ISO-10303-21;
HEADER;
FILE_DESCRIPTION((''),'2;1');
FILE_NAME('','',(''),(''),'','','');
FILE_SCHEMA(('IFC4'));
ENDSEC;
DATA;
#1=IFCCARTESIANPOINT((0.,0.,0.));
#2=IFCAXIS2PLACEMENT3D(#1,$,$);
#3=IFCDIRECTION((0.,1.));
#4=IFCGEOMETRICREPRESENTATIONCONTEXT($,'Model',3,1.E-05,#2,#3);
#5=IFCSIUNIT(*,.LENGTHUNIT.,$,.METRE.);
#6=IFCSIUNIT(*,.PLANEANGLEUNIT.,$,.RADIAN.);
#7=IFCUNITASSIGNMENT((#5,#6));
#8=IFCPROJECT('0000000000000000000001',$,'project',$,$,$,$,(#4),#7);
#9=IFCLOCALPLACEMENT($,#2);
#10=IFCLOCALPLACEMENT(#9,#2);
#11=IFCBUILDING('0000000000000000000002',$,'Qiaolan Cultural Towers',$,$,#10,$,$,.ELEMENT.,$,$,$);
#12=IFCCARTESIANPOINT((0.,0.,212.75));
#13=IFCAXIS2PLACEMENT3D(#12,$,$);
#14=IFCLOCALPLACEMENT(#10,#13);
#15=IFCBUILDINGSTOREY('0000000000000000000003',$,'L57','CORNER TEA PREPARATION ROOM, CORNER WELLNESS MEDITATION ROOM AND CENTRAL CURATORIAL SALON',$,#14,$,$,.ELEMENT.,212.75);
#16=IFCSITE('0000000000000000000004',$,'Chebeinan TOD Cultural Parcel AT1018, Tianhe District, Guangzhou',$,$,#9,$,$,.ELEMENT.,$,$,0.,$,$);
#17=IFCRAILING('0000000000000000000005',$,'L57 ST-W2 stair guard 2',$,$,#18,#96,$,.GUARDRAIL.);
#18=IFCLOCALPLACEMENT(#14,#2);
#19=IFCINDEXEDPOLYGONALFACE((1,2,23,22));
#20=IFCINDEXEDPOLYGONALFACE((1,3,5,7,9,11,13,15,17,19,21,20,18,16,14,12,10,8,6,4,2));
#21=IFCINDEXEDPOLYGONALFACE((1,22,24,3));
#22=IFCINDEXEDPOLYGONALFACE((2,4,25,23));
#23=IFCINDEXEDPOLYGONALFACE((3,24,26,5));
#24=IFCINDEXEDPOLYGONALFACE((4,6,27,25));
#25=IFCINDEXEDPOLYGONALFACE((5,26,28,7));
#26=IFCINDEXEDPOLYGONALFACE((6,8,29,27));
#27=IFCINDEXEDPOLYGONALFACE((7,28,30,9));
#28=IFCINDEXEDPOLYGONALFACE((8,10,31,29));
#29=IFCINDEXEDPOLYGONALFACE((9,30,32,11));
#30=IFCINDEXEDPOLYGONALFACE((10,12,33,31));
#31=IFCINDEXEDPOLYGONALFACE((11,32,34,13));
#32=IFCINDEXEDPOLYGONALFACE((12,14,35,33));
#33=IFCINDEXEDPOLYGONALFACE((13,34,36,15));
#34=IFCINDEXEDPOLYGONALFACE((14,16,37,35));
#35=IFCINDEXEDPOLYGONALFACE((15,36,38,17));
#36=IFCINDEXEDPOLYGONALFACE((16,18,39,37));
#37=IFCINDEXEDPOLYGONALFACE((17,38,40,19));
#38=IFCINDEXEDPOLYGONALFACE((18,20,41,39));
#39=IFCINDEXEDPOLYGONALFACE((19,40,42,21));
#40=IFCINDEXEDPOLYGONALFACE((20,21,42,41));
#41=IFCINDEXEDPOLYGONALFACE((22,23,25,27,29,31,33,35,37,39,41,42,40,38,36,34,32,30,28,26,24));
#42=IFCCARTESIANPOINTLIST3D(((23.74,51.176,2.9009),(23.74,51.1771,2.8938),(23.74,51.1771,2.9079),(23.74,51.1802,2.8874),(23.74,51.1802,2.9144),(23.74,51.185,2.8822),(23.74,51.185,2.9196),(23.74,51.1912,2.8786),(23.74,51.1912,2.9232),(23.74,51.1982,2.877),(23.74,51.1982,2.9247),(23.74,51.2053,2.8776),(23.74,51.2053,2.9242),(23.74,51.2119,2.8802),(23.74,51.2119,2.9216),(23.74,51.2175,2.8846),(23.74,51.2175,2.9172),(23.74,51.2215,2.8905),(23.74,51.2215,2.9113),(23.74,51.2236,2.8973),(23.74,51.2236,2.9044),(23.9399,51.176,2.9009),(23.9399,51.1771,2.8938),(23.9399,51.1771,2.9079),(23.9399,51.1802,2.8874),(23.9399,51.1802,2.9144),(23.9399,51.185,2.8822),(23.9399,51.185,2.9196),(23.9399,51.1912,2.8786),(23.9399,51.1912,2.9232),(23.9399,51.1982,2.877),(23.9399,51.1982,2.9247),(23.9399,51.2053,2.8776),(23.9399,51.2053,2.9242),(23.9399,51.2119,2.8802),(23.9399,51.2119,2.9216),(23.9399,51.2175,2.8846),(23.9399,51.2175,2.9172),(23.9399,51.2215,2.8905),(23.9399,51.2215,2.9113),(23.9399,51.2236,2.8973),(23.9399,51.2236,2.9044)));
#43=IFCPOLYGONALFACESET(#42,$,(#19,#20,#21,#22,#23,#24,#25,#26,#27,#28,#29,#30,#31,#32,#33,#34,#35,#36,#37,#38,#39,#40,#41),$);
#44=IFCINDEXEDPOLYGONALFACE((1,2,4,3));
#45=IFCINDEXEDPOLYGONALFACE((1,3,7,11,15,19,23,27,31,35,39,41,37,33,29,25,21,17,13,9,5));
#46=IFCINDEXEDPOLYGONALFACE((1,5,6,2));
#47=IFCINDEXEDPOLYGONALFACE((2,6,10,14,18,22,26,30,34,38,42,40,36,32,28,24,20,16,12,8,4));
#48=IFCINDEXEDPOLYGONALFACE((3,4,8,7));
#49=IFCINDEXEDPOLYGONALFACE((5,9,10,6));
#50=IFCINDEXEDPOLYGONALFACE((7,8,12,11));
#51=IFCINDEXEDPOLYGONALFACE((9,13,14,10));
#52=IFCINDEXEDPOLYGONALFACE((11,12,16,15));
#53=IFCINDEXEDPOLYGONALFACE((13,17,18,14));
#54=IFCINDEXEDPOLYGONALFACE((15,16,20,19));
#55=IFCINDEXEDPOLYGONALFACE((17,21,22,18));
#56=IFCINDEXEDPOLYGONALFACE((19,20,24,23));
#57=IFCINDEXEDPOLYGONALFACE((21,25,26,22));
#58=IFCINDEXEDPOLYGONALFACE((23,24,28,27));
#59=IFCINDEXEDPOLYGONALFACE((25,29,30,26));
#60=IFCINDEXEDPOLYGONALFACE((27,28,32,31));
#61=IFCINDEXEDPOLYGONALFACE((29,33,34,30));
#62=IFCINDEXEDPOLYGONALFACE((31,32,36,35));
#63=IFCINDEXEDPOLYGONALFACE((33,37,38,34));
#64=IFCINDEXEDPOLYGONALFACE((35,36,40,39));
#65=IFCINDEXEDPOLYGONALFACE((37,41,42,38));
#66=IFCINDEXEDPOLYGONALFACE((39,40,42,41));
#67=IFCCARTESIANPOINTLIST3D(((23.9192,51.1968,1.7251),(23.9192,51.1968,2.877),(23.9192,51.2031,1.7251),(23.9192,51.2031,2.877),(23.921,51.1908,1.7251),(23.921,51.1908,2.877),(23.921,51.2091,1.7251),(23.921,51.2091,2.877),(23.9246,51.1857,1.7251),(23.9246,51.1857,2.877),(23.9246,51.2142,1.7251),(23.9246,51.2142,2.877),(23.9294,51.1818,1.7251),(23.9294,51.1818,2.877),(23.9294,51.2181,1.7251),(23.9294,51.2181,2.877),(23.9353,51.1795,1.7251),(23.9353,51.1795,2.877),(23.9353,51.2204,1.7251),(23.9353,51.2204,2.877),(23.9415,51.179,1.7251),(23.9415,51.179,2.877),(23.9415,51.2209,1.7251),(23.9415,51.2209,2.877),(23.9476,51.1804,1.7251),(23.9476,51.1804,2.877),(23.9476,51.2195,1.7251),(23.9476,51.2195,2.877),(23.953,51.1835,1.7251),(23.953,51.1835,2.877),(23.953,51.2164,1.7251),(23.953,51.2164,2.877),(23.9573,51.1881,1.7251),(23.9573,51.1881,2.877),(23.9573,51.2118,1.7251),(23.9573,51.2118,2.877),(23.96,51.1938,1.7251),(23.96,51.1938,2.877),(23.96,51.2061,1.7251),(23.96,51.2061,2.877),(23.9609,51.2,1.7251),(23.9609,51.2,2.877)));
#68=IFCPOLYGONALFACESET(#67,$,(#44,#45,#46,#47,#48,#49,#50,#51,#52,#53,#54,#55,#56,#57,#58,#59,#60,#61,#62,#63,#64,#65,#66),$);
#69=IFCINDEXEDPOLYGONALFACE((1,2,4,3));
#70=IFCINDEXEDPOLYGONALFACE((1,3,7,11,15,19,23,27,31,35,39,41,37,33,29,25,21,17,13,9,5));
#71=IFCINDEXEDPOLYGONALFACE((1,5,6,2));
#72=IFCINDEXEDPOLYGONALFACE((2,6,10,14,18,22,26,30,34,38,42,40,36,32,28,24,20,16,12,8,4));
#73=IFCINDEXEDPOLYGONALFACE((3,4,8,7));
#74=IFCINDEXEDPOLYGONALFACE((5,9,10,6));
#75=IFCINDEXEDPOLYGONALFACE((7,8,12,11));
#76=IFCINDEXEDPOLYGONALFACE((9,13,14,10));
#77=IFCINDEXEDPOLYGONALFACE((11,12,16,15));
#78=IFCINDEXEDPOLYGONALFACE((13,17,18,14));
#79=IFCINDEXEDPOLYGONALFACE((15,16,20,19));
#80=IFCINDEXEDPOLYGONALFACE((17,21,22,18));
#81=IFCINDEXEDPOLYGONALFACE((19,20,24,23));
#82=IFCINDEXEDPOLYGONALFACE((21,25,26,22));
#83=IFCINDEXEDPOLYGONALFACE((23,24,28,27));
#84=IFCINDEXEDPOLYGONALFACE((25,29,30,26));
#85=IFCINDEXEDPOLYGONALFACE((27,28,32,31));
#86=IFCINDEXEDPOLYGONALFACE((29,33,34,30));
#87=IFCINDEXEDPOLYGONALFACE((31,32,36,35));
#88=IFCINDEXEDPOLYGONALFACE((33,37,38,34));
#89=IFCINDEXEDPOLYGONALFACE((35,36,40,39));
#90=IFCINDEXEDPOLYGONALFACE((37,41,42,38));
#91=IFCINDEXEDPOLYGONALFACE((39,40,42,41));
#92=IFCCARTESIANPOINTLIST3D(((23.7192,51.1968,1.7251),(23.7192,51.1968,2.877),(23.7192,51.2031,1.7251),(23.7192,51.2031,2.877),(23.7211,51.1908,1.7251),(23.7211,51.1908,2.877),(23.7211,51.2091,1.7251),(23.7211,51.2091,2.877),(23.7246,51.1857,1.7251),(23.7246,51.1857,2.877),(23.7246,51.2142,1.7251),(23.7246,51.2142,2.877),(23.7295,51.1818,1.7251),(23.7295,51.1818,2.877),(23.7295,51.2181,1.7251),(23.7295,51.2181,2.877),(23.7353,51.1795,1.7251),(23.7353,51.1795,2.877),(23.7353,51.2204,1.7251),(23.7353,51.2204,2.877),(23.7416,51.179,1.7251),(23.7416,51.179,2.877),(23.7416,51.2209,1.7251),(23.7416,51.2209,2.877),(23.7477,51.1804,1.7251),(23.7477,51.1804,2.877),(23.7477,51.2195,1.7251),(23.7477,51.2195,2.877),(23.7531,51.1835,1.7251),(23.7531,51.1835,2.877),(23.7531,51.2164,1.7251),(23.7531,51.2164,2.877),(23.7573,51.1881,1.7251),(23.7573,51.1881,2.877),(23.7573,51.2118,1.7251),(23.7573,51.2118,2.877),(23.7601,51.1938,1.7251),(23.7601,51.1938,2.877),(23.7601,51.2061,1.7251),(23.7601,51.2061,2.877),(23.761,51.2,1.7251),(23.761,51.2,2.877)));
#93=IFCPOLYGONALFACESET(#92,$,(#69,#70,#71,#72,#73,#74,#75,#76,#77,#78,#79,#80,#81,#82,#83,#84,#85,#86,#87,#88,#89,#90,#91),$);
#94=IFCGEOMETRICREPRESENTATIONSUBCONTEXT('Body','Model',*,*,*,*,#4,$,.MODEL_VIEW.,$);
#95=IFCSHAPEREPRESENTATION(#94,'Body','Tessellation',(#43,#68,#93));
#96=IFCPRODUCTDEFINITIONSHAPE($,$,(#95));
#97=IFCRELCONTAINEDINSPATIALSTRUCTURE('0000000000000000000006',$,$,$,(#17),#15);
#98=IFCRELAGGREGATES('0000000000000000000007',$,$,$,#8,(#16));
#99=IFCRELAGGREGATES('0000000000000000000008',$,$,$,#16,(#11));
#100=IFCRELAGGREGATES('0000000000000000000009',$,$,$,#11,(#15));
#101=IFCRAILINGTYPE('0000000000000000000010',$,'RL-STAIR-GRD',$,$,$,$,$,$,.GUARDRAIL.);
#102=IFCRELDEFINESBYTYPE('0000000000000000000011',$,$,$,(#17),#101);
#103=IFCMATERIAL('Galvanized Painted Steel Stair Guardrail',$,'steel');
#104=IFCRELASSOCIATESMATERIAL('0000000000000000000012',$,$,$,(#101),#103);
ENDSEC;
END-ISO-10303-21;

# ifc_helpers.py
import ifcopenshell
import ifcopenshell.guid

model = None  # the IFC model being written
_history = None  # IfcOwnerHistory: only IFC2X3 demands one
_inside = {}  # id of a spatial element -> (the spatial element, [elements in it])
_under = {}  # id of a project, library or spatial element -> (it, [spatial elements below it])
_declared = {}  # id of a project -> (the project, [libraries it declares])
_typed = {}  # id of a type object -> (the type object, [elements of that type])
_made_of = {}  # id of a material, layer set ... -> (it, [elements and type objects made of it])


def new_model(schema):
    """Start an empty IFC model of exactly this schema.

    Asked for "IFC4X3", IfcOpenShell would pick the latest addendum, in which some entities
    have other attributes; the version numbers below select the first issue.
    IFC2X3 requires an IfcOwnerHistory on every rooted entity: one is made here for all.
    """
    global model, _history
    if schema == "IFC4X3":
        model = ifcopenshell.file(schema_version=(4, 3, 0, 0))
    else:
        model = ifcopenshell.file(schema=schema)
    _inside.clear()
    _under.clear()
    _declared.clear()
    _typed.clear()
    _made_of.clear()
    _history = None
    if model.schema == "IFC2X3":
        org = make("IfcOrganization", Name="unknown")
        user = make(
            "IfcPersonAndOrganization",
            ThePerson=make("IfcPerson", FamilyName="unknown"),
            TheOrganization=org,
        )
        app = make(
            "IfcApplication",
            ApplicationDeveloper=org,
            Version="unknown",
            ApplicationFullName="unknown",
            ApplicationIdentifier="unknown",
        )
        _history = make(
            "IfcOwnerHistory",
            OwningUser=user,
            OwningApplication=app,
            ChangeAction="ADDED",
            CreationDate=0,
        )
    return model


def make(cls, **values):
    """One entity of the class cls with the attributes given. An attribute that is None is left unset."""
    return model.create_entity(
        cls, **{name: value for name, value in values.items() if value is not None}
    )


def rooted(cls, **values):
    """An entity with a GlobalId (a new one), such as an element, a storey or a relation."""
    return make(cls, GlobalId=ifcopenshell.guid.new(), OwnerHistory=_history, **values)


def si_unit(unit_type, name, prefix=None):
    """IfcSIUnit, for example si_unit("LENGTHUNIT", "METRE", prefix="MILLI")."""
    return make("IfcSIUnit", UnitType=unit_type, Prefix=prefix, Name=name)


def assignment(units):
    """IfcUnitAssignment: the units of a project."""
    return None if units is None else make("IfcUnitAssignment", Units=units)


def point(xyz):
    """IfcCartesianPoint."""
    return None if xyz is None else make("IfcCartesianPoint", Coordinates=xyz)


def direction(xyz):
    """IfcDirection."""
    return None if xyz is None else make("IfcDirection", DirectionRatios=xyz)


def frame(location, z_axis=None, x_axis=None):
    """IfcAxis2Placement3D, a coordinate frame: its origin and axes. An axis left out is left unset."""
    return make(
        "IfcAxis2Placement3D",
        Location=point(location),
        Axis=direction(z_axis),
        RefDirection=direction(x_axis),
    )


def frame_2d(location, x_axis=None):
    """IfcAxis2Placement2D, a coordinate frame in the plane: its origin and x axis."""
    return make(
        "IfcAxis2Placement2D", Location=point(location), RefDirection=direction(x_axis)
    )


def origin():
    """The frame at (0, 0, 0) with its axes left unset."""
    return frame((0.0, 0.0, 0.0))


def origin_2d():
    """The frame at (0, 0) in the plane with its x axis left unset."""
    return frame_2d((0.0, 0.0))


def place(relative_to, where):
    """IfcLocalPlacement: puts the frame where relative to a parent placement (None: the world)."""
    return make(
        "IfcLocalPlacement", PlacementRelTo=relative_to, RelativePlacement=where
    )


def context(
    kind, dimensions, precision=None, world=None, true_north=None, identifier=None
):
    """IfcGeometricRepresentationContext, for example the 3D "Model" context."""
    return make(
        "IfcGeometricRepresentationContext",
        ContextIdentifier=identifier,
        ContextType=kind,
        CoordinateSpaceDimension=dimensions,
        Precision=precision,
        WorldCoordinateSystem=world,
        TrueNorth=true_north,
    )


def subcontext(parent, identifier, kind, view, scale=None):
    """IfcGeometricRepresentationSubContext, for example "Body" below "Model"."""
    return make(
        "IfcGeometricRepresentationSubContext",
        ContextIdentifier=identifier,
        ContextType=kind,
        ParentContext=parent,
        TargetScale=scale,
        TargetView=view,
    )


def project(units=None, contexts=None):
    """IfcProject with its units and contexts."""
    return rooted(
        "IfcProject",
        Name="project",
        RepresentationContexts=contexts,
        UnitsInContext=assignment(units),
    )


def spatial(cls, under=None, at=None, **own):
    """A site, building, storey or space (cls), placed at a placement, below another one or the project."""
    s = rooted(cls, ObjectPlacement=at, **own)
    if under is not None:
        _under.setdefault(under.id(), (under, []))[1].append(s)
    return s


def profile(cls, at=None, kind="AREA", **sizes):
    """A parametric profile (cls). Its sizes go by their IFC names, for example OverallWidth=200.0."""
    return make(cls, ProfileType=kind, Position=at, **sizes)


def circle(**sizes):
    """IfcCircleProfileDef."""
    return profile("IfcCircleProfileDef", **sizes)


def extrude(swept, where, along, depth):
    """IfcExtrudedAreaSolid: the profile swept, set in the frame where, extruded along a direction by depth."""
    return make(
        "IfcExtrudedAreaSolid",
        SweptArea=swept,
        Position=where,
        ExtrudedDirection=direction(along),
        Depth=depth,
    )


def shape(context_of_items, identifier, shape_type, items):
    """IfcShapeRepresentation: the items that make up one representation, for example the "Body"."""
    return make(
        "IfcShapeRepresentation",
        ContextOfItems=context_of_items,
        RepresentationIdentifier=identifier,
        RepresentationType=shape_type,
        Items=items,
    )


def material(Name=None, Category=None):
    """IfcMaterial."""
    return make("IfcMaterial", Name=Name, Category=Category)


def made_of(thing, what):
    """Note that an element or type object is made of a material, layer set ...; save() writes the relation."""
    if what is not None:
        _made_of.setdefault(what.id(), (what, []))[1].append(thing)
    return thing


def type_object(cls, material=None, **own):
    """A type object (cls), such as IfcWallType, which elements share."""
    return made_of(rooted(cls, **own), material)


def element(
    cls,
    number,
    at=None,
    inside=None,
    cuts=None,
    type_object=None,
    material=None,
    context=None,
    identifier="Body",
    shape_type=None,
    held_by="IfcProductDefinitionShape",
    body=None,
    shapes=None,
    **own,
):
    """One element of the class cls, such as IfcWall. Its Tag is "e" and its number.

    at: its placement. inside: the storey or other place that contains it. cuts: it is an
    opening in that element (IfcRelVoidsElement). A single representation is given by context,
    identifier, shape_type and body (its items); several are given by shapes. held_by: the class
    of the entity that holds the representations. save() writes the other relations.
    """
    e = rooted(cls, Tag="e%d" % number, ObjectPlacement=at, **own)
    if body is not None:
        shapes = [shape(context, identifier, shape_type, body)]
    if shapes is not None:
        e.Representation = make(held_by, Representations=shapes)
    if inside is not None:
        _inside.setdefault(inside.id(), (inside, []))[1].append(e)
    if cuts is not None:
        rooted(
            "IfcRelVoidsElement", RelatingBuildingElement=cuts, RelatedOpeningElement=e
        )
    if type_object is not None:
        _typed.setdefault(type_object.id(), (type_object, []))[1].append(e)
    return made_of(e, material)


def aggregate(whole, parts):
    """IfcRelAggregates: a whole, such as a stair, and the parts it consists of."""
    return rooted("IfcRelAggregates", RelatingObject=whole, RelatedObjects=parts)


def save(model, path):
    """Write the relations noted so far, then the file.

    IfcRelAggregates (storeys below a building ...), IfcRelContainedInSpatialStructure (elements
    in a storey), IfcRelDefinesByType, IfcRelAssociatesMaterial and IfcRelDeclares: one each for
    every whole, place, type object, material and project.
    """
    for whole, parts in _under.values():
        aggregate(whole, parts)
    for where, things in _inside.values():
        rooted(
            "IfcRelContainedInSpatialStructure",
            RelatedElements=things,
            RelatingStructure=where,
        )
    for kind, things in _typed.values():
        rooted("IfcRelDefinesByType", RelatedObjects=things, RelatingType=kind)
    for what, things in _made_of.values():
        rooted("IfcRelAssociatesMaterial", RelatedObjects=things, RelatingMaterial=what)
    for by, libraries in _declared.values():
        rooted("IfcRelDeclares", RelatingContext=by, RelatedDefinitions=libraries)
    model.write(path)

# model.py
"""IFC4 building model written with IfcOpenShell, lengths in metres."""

from ifc_helpers import new_model, si_unit, direction, frame, origin, origin_2d, place, context, subcontext, project, spatial, circle, extrude, material, type_object, element, save


model = new_model("IFC4")

# Units and contexts
model_context = context("Model", 3, precision=1e-05, world=origin(), true_north=direction((0.0, 1.0)))
body_context = subcontext(model_context, "Body", "Model", "MODEL_VIEW")
ifc_project = project(units=[si_unit("LENGTHUNIT", "METRE"), si_unit("PLANEANGLEUNIT", "RADIAN")], contexts=[model_context])

# Site, building, storey
site_placement = place(None, origin())
site = spatial("IfcSite", under=ifc_project, at=site_placement, Name="Chebeinan TOD Cultural Parcel AT1018, Tianhe District, Guangzhou", CompositionType="ELEMENT", RefElevation=0.0)
building_placement = place(site_placement, origin())
building = spatial("IfcBuilding", under=site, at=building_placement, Name="Qiaolan Cultural Towers", CompositionType="ELEMENT")
storey_placement = place(building_placement, frame((0.0, 0.0, 212.75)))
storey = spatial("IfcBuildingStorey", under=building, at=storey_placement, Name="L57", Description="CORNER TEA PREPARATION ROOM, CORNER WELLNESS MEDITATION ROOM AND CENTRAL CURATORIAL SALON", CompositionType="ELEMENT", Elevation=212.75)

# Railing
ifc_material_1 = material(Name="Galvanized Painted Steel Stair Guardrail", Category="steel")
railing_type_1 = type_object("IfcRailingType", Name="RL-STAIR-GRD", PredefinedType="GUARDRAIL", material=ifc_material_1)
railing_1_placement = place(storey_placement, frame((23.9399, 51.2, 1.7251)))
element("IfcRailing", 1, at=railing_1_placement, inside=storey, type_object=railing_type_1, Name="L57 ST-W2 stair guard 2", PredefinedType="GUARDRAIL", context=body_context, shape_type="SweptSolid", body=[
    extrude(circle(Radius=0.0239, at=origin_2d()), frame((0.0, 0.0, 1.1758), z_axis=(-1.0, 0.0, 0.0), x_axis=(0.0, -1.0, 0.0)), (0.0, 0.0, 1.0), 0.2),
    extrude(circle(Radius=0.021, at=origin_2d()), origin(), (0.0, 0.0, 1.0), 1.1519),
    extrude(circle(Radius=0.021, at=origin_2d()), frame((-0.2, 0.0, 0.0)), (0.0, 0.0, 1.0), 1.1519),
])

save(model, "model.ifc")
